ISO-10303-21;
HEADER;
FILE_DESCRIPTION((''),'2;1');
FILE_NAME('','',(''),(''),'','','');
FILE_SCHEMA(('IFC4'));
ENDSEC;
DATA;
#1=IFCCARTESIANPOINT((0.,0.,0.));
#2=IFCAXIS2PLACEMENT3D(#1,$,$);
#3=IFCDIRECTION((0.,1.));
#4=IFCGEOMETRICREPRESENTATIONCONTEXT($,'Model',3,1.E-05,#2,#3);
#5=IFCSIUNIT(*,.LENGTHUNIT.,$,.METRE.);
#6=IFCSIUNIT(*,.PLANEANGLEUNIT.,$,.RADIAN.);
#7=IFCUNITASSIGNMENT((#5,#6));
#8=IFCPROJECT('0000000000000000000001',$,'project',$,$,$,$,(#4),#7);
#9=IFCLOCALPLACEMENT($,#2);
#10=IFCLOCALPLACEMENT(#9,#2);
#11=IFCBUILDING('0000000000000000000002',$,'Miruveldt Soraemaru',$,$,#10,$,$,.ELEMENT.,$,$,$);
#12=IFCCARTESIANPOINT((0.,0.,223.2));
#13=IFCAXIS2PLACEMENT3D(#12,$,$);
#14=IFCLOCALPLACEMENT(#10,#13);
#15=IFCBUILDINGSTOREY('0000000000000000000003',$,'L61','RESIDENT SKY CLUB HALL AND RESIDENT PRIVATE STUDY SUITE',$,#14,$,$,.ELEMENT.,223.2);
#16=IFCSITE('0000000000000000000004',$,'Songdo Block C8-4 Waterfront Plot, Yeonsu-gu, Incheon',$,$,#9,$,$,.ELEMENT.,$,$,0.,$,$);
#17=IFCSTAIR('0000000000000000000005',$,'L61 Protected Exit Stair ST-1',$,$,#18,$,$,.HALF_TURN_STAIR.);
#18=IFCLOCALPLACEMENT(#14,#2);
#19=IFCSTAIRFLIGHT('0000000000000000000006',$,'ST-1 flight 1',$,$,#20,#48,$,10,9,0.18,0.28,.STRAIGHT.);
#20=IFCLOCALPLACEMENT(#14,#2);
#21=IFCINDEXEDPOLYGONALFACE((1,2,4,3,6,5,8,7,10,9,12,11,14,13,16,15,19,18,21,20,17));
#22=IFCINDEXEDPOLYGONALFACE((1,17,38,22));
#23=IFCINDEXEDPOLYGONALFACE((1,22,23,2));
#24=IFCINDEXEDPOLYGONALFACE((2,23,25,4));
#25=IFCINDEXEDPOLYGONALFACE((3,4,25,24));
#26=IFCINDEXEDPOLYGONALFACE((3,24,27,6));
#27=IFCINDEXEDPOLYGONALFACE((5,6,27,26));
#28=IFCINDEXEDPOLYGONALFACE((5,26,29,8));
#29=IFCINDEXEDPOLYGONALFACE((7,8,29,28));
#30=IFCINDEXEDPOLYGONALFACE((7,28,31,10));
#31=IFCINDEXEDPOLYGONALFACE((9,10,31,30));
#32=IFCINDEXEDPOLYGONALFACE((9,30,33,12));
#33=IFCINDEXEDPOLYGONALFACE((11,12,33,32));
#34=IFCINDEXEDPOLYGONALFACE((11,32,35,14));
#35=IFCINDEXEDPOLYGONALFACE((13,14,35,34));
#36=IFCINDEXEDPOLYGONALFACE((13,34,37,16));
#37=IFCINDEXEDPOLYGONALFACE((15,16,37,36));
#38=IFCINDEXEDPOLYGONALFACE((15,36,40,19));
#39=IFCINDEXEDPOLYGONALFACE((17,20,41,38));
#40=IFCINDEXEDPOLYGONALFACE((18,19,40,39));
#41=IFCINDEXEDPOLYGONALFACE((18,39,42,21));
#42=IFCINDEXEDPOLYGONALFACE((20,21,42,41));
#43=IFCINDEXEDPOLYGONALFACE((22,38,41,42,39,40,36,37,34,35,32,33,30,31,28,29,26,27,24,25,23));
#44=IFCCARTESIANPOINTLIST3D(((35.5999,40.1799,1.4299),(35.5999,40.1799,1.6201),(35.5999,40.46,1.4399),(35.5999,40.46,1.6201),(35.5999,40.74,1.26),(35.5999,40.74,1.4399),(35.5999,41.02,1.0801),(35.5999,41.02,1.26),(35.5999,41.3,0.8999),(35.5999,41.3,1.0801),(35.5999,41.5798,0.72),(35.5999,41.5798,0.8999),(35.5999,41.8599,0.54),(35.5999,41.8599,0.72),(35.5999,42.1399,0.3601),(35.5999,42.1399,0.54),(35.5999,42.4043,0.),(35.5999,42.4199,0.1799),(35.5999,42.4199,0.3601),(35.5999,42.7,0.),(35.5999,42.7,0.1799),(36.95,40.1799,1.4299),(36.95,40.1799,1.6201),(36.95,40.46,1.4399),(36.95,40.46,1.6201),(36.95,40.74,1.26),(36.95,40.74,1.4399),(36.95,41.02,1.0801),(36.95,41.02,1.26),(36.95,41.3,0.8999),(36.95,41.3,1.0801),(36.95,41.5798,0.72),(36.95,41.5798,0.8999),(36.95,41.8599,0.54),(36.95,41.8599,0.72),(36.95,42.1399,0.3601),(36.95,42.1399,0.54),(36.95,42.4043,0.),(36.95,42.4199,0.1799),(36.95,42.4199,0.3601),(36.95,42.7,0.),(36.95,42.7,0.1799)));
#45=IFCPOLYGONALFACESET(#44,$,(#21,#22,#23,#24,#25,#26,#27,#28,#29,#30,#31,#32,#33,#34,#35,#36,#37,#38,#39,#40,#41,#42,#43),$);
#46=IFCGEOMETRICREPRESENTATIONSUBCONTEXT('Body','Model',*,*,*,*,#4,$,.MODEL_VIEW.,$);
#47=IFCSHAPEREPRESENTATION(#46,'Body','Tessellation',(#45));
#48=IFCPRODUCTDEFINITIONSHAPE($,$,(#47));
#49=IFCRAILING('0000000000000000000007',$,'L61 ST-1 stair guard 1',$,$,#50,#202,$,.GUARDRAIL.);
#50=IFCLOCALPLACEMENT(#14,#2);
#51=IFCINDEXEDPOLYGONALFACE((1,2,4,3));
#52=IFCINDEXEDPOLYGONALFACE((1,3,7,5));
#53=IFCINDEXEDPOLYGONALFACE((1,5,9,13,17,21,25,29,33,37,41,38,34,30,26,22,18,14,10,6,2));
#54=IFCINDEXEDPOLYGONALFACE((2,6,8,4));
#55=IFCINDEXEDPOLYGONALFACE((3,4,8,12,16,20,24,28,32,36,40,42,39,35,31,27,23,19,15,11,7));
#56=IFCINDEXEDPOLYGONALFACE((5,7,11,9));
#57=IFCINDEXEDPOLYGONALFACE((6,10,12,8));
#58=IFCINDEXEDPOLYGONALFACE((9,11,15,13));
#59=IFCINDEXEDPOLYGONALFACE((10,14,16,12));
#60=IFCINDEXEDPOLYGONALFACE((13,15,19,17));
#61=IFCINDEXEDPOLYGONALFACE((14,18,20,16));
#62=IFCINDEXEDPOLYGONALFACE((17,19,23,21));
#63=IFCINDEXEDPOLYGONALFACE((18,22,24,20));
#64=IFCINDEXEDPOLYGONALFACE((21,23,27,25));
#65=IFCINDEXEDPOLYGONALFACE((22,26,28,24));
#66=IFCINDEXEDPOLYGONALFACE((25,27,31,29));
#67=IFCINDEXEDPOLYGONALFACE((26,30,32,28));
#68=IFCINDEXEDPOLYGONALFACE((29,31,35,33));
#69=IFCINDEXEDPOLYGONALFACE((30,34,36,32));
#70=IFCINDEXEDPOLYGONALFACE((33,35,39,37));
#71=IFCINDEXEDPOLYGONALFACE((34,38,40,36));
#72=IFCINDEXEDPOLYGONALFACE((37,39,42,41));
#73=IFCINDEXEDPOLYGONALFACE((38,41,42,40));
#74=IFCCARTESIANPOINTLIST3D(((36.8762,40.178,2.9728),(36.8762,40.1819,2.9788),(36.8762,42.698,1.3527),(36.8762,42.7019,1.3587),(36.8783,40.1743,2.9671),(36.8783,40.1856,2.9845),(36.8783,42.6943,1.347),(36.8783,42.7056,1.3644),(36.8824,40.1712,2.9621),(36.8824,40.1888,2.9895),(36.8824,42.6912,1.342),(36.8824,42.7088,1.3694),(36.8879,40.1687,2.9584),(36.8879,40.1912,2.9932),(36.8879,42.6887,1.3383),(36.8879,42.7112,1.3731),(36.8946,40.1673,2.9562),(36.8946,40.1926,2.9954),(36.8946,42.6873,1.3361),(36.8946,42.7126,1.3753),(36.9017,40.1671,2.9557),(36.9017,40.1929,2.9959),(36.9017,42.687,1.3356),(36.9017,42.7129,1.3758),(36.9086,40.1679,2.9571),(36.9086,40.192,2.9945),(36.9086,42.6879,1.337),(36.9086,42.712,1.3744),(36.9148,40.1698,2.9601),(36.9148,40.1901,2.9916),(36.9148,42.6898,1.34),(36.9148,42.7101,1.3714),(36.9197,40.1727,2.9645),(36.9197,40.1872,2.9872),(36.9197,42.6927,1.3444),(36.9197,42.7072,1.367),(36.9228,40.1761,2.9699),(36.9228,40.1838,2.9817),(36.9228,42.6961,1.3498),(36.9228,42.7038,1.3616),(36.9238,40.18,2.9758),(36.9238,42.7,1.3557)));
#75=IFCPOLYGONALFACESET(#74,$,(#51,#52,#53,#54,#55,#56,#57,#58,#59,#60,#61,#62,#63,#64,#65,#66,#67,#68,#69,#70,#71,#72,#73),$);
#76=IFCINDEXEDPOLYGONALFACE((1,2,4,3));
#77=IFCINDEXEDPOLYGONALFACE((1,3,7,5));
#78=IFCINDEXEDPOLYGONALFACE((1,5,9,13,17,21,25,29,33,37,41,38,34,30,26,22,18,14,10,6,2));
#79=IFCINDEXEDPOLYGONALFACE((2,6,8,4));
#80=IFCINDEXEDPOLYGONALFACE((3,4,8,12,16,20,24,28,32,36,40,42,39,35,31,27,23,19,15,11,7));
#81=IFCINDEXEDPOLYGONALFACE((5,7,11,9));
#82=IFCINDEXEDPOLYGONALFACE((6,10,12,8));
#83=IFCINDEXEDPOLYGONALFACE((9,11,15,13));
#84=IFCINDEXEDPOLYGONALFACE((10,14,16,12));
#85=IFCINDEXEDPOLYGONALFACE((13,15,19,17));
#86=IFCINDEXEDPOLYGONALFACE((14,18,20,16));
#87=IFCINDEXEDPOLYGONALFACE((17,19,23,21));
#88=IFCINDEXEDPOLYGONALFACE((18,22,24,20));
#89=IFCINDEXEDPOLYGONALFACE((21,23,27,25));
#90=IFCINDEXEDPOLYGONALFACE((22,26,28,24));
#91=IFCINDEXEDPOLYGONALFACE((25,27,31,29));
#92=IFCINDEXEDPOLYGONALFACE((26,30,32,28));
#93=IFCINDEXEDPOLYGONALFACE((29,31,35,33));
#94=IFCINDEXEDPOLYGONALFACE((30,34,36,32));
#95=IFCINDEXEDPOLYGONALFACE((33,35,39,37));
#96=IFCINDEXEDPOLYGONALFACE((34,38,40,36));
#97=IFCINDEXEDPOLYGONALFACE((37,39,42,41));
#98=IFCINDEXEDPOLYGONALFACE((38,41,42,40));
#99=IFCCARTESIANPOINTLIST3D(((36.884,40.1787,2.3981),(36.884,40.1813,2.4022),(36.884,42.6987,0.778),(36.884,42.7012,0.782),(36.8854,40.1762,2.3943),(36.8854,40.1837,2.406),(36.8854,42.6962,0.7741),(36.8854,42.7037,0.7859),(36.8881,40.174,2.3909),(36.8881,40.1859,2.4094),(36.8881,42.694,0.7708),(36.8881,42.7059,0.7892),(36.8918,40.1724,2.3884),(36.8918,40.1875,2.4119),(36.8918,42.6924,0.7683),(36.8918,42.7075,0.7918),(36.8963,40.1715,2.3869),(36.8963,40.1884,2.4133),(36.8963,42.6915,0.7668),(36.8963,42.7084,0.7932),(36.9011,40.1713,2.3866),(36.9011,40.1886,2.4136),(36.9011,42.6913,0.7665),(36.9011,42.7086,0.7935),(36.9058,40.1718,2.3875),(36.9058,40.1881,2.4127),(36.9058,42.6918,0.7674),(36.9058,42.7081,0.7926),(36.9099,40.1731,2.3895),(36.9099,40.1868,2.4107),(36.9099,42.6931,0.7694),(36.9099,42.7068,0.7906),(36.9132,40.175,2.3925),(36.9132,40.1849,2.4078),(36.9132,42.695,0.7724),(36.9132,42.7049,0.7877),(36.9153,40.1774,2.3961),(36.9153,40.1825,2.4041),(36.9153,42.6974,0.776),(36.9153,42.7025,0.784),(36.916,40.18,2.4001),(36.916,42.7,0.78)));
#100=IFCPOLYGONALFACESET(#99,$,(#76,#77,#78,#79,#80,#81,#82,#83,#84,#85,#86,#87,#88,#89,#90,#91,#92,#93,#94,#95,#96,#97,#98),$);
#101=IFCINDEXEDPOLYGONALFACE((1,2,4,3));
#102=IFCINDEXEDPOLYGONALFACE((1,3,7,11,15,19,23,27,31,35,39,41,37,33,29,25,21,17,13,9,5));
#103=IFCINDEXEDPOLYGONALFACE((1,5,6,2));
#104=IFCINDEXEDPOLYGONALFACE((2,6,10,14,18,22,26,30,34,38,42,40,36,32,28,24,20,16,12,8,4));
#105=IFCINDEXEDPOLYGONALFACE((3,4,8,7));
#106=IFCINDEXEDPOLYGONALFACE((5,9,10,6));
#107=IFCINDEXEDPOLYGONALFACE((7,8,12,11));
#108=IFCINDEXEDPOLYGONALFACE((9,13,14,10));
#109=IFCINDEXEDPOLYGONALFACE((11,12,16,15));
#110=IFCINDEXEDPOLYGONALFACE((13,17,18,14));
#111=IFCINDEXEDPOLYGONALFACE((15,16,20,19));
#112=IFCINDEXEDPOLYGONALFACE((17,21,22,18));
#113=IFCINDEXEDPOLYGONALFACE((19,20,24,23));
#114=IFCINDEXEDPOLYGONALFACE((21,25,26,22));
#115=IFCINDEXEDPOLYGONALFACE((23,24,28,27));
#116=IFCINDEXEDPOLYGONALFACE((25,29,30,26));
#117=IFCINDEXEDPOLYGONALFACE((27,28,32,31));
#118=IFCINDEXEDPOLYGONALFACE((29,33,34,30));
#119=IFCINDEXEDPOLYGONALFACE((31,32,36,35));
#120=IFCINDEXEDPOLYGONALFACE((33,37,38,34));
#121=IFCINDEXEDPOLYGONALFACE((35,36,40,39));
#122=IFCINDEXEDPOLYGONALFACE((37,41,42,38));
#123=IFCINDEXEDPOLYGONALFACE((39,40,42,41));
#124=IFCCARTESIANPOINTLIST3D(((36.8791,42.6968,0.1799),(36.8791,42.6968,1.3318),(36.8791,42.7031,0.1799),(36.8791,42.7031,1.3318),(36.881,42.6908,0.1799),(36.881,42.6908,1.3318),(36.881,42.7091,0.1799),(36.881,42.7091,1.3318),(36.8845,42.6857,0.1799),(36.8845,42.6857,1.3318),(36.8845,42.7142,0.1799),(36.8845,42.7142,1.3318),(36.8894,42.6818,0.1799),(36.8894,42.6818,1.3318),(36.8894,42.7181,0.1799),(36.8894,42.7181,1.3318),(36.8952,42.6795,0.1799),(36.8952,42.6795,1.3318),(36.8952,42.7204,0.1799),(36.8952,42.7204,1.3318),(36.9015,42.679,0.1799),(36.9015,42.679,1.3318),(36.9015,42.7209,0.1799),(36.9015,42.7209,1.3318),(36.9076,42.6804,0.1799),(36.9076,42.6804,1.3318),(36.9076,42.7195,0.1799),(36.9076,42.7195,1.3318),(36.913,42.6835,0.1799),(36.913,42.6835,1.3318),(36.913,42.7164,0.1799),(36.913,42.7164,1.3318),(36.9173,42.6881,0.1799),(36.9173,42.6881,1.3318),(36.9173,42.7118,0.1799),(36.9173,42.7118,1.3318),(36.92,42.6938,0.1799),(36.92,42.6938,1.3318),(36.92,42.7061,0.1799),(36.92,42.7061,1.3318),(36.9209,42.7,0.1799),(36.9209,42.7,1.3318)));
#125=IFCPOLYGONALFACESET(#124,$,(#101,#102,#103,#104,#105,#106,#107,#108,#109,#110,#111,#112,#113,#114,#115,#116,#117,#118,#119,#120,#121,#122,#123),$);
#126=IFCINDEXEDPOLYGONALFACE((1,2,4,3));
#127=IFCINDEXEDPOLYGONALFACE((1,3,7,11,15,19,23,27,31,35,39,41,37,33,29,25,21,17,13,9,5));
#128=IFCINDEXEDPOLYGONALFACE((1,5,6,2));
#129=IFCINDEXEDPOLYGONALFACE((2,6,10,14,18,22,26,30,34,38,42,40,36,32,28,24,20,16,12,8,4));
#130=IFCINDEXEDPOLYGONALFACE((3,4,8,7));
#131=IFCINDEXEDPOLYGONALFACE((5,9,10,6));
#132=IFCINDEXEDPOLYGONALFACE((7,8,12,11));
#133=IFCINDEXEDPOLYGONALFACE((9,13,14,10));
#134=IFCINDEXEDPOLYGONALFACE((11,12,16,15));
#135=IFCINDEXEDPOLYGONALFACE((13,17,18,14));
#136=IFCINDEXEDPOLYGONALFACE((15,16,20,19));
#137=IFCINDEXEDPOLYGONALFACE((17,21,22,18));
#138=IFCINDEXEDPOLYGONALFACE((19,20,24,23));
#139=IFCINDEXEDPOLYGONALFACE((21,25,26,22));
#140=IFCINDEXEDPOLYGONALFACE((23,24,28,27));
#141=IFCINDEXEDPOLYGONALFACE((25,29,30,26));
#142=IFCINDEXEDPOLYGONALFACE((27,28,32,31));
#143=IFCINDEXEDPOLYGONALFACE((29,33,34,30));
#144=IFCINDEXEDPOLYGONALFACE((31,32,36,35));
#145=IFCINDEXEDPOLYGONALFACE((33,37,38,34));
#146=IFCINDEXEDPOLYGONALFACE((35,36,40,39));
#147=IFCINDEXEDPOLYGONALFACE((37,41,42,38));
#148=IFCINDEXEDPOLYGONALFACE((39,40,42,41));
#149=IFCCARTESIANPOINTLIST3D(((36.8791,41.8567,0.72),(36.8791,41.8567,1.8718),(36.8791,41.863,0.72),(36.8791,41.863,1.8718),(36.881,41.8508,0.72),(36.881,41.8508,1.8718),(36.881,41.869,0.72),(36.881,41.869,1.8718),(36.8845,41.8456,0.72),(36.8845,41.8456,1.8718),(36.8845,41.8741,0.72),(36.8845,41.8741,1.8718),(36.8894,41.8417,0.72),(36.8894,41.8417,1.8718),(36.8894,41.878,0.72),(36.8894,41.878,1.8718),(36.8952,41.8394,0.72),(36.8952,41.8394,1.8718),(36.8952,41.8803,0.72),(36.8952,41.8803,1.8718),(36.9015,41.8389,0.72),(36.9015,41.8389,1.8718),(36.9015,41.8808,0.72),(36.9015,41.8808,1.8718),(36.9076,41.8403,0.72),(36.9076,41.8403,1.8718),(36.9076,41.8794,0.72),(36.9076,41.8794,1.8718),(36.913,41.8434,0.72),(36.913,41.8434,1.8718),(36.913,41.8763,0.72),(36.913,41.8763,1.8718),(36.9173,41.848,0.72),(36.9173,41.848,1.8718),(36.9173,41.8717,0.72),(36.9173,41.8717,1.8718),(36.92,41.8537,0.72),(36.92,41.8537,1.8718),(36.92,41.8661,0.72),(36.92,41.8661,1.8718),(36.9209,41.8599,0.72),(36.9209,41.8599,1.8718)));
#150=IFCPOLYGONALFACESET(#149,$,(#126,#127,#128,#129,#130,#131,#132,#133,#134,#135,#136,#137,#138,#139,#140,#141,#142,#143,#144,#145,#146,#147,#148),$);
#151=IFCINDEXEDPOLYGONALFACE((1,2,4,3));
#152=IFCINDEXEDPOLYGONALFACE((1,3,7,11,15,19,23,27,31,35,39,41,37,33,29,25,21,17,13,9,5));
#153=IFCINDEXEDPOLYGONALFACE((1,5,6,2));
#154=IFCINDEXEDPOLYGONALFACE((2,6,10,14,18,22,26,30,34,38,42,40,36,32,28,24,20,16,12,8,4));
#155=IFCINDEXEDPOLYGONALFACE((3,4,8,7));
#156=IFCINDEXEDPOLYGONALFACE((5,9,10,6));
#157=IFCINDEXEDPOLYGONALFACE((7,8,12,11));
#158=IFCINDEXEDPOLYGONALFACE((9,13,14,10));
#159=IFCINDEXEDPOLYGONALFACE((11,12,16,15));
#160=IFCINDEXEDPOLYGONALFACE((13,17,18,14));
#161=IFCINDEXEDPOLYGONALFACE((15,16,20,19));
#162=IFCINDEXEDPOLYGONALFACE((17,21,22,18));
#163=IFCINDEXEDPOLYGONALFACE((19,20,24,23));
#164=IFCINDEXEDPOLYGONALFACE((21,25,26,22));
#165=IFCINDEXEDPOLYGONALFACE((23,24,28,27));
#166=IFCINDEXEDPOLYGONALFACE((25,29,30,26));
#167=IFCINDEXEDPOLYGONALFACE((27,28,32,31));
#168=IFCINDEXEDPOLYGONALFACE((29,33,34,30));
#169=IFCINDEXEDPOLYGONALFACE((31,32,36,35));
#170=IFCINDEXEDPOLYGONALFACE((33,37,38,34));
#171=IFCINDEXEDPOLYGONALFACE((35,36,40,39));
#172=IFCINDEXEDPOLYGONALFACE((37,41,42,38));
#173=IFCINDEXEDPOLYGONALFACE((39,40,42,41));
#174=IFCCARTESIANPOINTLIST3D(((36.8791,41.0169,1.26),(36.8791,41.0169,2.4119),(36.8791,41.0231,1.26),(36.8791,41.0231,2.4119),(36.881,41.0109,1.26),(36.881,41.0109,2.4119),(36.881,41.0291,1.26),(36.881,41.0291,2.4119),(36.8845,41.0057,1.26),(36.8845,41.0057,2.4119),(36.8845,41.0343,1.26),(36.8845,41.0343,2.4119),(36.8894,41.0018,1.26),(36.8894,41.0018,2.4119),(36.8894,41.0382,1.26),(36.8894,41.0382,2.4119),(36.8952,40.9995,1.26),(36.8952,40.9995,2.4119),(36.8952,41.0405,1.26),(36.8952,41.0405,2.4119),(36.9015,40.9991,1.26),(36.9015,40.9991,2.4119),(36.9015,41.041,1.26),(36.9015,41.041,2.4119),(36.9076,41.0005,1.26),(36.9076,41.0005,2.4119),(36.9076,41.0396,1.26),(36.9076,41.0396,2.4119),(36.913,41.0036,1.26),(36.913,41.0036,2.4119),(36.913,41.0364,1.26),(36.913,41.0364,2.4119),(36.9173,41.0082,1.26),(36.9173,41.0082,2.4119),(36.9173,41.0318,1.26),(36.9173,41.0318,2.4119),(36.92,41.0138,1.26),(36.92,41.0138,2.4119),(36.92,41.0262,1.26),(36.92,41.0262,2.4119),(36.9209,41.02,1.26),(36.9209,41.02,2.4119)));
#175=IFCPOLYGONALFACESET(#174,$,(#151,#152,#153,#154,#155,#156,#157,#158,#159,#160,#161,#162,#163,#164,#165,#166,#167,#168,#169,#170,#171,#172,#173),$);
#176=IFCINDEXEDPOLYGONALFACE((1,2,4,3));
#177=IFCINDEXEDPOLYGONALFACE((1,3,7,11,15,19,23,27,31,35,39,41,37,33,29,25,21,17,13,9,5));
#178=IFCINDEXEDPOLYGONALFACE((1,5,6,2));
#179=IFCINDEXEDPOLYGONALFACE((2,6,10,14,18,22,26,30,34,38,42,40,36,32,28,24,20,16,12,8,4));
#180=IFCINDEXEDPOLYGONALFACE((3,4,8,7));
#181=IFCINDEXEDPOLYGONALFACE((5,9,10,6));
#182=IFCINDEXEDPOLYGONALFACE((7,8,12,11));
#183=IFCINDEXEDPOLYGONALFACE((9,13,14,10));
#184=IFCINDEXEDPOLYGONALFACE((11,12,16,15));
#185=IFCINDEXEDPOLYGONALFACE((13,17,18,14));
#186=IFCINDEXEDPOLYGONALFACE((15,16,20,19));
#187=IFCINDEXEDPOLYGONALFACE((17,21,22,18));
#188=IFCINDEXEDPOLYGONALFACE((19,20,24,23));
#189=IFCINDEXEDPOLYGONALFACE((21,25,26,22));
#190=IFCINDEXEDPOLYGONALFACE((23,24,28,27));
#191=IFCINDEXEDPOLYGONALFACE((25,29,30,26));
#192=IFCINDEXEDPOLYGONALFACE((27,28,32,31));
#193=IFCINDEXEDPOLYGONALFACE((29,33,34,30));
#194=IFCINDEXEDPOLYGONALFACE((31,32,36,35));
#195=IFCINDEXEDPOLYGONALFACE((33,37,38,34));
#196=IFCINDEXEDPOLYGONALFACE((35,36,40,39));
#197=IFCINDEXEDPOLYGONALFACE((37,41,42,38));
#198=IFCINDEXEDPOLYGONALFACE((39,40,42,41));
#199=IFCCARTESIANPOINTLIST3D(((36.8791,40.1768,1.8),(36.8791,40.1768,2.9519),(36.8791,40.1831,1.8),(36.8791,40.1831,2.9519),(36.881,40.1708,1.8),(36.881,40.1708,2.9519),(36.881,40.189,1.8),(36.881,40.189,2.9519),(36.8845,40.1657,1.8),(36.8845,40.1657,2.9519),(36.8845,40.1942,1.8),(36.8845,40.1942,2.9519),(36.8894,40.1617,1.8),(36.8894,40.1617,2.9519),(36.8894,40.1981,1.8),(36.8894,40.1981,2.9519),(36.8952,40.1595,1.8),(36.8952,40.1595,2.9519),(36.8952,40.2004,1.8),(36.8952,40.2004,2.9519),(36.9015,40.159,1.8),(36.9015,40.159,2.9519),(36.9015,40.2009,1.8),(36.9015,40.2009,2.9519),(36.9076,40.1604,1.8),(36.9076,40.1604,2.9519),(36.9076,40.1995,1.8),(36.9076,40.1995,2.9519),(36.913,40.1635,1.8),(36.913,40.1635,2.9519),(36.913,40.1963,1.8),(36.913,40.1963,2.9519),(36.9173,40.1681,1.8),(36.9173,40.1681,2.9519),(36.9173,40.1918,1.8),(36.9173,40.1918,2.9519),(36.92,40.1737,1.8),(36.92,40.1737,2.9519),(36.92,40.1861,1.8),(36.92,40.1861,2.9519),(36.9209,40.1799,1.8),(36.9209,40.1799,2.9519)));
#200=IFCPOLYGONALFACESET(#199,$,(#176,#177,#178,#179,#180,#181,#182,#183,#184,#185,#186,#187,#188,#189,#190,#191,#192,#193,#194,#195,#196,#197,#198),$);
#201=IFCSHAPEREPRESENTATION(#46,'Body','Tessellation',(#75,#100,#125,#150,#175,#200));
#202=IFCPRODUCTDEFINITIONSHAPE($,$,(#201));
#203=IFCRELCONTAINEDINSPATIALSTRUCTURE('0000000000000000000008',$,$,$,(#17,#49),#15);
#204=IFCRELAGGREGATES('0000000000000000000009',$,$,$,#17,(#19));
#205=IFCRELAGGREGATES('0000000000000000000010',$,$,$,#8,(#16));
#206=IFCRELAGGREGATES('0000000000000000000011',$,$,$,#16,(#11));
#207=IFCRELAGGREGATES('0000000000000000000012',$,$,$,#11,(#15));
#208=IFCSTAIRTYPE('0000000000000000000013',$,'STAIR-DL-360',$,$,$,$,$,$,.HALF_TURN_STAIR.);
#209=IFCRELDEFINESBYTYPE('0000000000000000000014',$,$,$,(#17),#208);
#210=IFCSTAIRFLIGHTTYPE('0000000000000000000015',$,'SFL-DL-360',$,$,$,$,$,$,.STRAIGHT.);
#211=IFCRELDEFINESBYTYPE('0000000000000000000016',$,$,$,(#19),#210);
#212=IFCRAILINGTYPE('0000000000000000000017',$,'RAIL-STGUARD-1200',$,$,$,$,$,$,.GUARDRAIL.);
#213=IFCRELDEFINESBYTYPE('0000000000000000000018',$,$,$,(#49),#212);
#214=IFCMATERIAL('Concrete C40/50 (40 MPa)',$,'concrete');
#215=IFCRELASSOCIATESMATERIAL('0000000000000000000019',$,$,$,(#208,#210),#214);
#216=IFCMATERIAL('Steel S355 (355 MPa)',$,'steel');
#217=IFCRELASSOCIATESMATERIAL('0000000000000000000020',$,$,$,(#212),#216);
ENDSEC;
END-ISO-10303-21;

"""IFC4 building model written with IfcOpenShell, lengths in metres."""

from ifc_helpers import new_model, si_unit, direction, frame, origin, origin_2d, place, context, subcontext, project, spatial, polyline, circle, outline, extrude, material, type_object, element, aggregate, save


model = new_model("IFC4")

# Units and contexts
model_context = context("Model", 3, precision=1e-05, world=origin(), true_north=direction((0.0, 1.0)))
body_context = subcontext(model_context, "Body", "Model", "MODEL_VIEW")
ifc_project = project(units=[si_unit("LENGTHUNIT", "METRE"), si_unit("PLANEANGLEUNIT", "RADIAN")], contexts=[model_context])

# Site, building, storey
site_placement = place(None, origin())
site = spatial("IfcSite", under=ifc_project, at=site_placement, Name="Songdo Block C8-4 Waterfront Plot, Yeonsu-gu, Incheon", CompositionType="ELEMENT", RefElevation=0.0)
building_placement = place(site_placement, origin())
building = spatial("IfcBuilding", under=site, at=building_placement, Name="Miruveldt Soraemaru", CompositionType="ELEMENT")
storey_placement = place(building_placement, frame((0.0, 0.0, 223.2)))
storey = spatial("IfcBuildingStorey", under=building, at=storey_placement, Name="L61", Description="RESIDENT SKY CLUB HALL AND RESIDENT PRIVATE STUDY SUITE", CompositionType="ELEMENT", Elevation=223.2)

# Shared definitions
ifc_material_1 = material(Name="Concrete C40/50 (40 MPa)", Category="concrete")

# Stair, stair flight
stair_type = type_object("IfcStairType", Name="STAIR-DL-360", PredefinedType="HALF_TURN_STAIR", material=ifc_material_1)
stair_placement = place(storey_placement, origin())
stair = element("IfcStair", 1, at=stair_placement, inside=storey, type_object=stair_type, Name="L61 Protected Exit Stair ST-1", PredefinedType="HALF_TURN_STAIR")
stair_flight_type = type_object("IfcStairFlightType", Name="SFL-DL-360", PredefinedType="STRAIGHT", material=ifc_material_1)
stair_flight_placement = place(storey_placement, frame((36.2749, 42.7, 0.0), z_axis=(0.0, 0.0, 1.0), x_axis=(0.0, -1.0, 0.0)))
stair_flight = element("IfcStairFlight", 2, at=stair_flight_placement, type_object=stair_flight_type, Name="ST-1 flight 1", NumberOfRisers=10, NumberOfTreads=9, PredefinedType="STRAIGHT", RiserHeight=0.18, TreadLength=0.28, context=body_context, shape_type="SweptSolid", body=[
    extrude(outline(polyline([(0.0, 0.0), (0.0, 0.1799), (0.28, 0.1799), (0.28, 0.3601), (0.5601, 0.3601), (0.5601, 0.54), (0.8401, 0.54), (0.8401, 0.72), (1.1201, 0.72), (1.1201, 0.8999), (1.3999, 0.8999), (1.3999, 1.0801), (1.6799, 1.0801), (1.6799, 1.26), (1.96, 1.26), (1.96, 1.4399), (2.24, 1.4399), (2.24, 1.6201), (2.52, 1.6201), (2.52, 1.8), (2.52, 1.4299), (0.2957, 0.0), (0.0, 0.0)])), frame((0.0, 0.675, 0.0), z_axis=(0.0, -1.0, 0.0), x_axis=(1.0, 0.0, 0.0)), (0.0, 0.0, 1.0), 1.3501),
])
aggregate(stair, [stair_flight])

# Railing
ifc_material_2 = material(Name="Steel S355 (355 MPa)", Category="steel")
railing_type_1 = type_object("IfcRailingType", Name="RAIL-STGUARD-1200", PredefinedType="GUARDRAIL", material=ifc_material_2)
railing_1_placement = place(storey_placement, frame((36.8999, 42.7, 0.1799)))
element("IfcRailing", 3, at=railing_1_placement, inside=storey, type_object=railing_type_1, Name="L61 ST-1 stair guard 1", PredefinedType="GUARDRAIL", context=body_context, shape_type="SweptSolid", body=[
    extrude(circle(Radius=0.0239, at=origin_2d()), frame((0.0, 0.0, 1.1758), z_axis=(0.0, -0.841163, 0.540782), x_axis=(1.0, 0.0, 0.0)), (0.0, 0.0, 1.0), 2.9958),
    extrude(circle(Radius=0.0161, at=origin_2d()), frame((0.0, 0.0, 0.6001), z_axis=(0.0, -0.841163, 0.540782), x_axis=(1.0, 0.0, 0.0)), (0.0, 0.0, 1.0), 2.9958),
    extrude(circle(Radius=0.021, at=origin_2d()), origin(), (0.0, 0.0, 1.0), 1.1519),
    extrude(circle(Radius=0.021, at=origin_2d()), frame((0.0, -0.8401, 0.54)), (0.0, 0.0, 1.0), 1.1519),
    extrude(circle(Radius=0.021, at=origin_2d()), frame((0.0, -1.6799, 1.0801)), (0.0, 0.0, 1.0), 1.1519),
    extrude(circle(Radius=0.021, at=origin_2d()), frame((0.0, -2.52, 1.6201)), (0.0, 0.0, 1.0), 1.1519),
])

save(model, "model.ifc")
